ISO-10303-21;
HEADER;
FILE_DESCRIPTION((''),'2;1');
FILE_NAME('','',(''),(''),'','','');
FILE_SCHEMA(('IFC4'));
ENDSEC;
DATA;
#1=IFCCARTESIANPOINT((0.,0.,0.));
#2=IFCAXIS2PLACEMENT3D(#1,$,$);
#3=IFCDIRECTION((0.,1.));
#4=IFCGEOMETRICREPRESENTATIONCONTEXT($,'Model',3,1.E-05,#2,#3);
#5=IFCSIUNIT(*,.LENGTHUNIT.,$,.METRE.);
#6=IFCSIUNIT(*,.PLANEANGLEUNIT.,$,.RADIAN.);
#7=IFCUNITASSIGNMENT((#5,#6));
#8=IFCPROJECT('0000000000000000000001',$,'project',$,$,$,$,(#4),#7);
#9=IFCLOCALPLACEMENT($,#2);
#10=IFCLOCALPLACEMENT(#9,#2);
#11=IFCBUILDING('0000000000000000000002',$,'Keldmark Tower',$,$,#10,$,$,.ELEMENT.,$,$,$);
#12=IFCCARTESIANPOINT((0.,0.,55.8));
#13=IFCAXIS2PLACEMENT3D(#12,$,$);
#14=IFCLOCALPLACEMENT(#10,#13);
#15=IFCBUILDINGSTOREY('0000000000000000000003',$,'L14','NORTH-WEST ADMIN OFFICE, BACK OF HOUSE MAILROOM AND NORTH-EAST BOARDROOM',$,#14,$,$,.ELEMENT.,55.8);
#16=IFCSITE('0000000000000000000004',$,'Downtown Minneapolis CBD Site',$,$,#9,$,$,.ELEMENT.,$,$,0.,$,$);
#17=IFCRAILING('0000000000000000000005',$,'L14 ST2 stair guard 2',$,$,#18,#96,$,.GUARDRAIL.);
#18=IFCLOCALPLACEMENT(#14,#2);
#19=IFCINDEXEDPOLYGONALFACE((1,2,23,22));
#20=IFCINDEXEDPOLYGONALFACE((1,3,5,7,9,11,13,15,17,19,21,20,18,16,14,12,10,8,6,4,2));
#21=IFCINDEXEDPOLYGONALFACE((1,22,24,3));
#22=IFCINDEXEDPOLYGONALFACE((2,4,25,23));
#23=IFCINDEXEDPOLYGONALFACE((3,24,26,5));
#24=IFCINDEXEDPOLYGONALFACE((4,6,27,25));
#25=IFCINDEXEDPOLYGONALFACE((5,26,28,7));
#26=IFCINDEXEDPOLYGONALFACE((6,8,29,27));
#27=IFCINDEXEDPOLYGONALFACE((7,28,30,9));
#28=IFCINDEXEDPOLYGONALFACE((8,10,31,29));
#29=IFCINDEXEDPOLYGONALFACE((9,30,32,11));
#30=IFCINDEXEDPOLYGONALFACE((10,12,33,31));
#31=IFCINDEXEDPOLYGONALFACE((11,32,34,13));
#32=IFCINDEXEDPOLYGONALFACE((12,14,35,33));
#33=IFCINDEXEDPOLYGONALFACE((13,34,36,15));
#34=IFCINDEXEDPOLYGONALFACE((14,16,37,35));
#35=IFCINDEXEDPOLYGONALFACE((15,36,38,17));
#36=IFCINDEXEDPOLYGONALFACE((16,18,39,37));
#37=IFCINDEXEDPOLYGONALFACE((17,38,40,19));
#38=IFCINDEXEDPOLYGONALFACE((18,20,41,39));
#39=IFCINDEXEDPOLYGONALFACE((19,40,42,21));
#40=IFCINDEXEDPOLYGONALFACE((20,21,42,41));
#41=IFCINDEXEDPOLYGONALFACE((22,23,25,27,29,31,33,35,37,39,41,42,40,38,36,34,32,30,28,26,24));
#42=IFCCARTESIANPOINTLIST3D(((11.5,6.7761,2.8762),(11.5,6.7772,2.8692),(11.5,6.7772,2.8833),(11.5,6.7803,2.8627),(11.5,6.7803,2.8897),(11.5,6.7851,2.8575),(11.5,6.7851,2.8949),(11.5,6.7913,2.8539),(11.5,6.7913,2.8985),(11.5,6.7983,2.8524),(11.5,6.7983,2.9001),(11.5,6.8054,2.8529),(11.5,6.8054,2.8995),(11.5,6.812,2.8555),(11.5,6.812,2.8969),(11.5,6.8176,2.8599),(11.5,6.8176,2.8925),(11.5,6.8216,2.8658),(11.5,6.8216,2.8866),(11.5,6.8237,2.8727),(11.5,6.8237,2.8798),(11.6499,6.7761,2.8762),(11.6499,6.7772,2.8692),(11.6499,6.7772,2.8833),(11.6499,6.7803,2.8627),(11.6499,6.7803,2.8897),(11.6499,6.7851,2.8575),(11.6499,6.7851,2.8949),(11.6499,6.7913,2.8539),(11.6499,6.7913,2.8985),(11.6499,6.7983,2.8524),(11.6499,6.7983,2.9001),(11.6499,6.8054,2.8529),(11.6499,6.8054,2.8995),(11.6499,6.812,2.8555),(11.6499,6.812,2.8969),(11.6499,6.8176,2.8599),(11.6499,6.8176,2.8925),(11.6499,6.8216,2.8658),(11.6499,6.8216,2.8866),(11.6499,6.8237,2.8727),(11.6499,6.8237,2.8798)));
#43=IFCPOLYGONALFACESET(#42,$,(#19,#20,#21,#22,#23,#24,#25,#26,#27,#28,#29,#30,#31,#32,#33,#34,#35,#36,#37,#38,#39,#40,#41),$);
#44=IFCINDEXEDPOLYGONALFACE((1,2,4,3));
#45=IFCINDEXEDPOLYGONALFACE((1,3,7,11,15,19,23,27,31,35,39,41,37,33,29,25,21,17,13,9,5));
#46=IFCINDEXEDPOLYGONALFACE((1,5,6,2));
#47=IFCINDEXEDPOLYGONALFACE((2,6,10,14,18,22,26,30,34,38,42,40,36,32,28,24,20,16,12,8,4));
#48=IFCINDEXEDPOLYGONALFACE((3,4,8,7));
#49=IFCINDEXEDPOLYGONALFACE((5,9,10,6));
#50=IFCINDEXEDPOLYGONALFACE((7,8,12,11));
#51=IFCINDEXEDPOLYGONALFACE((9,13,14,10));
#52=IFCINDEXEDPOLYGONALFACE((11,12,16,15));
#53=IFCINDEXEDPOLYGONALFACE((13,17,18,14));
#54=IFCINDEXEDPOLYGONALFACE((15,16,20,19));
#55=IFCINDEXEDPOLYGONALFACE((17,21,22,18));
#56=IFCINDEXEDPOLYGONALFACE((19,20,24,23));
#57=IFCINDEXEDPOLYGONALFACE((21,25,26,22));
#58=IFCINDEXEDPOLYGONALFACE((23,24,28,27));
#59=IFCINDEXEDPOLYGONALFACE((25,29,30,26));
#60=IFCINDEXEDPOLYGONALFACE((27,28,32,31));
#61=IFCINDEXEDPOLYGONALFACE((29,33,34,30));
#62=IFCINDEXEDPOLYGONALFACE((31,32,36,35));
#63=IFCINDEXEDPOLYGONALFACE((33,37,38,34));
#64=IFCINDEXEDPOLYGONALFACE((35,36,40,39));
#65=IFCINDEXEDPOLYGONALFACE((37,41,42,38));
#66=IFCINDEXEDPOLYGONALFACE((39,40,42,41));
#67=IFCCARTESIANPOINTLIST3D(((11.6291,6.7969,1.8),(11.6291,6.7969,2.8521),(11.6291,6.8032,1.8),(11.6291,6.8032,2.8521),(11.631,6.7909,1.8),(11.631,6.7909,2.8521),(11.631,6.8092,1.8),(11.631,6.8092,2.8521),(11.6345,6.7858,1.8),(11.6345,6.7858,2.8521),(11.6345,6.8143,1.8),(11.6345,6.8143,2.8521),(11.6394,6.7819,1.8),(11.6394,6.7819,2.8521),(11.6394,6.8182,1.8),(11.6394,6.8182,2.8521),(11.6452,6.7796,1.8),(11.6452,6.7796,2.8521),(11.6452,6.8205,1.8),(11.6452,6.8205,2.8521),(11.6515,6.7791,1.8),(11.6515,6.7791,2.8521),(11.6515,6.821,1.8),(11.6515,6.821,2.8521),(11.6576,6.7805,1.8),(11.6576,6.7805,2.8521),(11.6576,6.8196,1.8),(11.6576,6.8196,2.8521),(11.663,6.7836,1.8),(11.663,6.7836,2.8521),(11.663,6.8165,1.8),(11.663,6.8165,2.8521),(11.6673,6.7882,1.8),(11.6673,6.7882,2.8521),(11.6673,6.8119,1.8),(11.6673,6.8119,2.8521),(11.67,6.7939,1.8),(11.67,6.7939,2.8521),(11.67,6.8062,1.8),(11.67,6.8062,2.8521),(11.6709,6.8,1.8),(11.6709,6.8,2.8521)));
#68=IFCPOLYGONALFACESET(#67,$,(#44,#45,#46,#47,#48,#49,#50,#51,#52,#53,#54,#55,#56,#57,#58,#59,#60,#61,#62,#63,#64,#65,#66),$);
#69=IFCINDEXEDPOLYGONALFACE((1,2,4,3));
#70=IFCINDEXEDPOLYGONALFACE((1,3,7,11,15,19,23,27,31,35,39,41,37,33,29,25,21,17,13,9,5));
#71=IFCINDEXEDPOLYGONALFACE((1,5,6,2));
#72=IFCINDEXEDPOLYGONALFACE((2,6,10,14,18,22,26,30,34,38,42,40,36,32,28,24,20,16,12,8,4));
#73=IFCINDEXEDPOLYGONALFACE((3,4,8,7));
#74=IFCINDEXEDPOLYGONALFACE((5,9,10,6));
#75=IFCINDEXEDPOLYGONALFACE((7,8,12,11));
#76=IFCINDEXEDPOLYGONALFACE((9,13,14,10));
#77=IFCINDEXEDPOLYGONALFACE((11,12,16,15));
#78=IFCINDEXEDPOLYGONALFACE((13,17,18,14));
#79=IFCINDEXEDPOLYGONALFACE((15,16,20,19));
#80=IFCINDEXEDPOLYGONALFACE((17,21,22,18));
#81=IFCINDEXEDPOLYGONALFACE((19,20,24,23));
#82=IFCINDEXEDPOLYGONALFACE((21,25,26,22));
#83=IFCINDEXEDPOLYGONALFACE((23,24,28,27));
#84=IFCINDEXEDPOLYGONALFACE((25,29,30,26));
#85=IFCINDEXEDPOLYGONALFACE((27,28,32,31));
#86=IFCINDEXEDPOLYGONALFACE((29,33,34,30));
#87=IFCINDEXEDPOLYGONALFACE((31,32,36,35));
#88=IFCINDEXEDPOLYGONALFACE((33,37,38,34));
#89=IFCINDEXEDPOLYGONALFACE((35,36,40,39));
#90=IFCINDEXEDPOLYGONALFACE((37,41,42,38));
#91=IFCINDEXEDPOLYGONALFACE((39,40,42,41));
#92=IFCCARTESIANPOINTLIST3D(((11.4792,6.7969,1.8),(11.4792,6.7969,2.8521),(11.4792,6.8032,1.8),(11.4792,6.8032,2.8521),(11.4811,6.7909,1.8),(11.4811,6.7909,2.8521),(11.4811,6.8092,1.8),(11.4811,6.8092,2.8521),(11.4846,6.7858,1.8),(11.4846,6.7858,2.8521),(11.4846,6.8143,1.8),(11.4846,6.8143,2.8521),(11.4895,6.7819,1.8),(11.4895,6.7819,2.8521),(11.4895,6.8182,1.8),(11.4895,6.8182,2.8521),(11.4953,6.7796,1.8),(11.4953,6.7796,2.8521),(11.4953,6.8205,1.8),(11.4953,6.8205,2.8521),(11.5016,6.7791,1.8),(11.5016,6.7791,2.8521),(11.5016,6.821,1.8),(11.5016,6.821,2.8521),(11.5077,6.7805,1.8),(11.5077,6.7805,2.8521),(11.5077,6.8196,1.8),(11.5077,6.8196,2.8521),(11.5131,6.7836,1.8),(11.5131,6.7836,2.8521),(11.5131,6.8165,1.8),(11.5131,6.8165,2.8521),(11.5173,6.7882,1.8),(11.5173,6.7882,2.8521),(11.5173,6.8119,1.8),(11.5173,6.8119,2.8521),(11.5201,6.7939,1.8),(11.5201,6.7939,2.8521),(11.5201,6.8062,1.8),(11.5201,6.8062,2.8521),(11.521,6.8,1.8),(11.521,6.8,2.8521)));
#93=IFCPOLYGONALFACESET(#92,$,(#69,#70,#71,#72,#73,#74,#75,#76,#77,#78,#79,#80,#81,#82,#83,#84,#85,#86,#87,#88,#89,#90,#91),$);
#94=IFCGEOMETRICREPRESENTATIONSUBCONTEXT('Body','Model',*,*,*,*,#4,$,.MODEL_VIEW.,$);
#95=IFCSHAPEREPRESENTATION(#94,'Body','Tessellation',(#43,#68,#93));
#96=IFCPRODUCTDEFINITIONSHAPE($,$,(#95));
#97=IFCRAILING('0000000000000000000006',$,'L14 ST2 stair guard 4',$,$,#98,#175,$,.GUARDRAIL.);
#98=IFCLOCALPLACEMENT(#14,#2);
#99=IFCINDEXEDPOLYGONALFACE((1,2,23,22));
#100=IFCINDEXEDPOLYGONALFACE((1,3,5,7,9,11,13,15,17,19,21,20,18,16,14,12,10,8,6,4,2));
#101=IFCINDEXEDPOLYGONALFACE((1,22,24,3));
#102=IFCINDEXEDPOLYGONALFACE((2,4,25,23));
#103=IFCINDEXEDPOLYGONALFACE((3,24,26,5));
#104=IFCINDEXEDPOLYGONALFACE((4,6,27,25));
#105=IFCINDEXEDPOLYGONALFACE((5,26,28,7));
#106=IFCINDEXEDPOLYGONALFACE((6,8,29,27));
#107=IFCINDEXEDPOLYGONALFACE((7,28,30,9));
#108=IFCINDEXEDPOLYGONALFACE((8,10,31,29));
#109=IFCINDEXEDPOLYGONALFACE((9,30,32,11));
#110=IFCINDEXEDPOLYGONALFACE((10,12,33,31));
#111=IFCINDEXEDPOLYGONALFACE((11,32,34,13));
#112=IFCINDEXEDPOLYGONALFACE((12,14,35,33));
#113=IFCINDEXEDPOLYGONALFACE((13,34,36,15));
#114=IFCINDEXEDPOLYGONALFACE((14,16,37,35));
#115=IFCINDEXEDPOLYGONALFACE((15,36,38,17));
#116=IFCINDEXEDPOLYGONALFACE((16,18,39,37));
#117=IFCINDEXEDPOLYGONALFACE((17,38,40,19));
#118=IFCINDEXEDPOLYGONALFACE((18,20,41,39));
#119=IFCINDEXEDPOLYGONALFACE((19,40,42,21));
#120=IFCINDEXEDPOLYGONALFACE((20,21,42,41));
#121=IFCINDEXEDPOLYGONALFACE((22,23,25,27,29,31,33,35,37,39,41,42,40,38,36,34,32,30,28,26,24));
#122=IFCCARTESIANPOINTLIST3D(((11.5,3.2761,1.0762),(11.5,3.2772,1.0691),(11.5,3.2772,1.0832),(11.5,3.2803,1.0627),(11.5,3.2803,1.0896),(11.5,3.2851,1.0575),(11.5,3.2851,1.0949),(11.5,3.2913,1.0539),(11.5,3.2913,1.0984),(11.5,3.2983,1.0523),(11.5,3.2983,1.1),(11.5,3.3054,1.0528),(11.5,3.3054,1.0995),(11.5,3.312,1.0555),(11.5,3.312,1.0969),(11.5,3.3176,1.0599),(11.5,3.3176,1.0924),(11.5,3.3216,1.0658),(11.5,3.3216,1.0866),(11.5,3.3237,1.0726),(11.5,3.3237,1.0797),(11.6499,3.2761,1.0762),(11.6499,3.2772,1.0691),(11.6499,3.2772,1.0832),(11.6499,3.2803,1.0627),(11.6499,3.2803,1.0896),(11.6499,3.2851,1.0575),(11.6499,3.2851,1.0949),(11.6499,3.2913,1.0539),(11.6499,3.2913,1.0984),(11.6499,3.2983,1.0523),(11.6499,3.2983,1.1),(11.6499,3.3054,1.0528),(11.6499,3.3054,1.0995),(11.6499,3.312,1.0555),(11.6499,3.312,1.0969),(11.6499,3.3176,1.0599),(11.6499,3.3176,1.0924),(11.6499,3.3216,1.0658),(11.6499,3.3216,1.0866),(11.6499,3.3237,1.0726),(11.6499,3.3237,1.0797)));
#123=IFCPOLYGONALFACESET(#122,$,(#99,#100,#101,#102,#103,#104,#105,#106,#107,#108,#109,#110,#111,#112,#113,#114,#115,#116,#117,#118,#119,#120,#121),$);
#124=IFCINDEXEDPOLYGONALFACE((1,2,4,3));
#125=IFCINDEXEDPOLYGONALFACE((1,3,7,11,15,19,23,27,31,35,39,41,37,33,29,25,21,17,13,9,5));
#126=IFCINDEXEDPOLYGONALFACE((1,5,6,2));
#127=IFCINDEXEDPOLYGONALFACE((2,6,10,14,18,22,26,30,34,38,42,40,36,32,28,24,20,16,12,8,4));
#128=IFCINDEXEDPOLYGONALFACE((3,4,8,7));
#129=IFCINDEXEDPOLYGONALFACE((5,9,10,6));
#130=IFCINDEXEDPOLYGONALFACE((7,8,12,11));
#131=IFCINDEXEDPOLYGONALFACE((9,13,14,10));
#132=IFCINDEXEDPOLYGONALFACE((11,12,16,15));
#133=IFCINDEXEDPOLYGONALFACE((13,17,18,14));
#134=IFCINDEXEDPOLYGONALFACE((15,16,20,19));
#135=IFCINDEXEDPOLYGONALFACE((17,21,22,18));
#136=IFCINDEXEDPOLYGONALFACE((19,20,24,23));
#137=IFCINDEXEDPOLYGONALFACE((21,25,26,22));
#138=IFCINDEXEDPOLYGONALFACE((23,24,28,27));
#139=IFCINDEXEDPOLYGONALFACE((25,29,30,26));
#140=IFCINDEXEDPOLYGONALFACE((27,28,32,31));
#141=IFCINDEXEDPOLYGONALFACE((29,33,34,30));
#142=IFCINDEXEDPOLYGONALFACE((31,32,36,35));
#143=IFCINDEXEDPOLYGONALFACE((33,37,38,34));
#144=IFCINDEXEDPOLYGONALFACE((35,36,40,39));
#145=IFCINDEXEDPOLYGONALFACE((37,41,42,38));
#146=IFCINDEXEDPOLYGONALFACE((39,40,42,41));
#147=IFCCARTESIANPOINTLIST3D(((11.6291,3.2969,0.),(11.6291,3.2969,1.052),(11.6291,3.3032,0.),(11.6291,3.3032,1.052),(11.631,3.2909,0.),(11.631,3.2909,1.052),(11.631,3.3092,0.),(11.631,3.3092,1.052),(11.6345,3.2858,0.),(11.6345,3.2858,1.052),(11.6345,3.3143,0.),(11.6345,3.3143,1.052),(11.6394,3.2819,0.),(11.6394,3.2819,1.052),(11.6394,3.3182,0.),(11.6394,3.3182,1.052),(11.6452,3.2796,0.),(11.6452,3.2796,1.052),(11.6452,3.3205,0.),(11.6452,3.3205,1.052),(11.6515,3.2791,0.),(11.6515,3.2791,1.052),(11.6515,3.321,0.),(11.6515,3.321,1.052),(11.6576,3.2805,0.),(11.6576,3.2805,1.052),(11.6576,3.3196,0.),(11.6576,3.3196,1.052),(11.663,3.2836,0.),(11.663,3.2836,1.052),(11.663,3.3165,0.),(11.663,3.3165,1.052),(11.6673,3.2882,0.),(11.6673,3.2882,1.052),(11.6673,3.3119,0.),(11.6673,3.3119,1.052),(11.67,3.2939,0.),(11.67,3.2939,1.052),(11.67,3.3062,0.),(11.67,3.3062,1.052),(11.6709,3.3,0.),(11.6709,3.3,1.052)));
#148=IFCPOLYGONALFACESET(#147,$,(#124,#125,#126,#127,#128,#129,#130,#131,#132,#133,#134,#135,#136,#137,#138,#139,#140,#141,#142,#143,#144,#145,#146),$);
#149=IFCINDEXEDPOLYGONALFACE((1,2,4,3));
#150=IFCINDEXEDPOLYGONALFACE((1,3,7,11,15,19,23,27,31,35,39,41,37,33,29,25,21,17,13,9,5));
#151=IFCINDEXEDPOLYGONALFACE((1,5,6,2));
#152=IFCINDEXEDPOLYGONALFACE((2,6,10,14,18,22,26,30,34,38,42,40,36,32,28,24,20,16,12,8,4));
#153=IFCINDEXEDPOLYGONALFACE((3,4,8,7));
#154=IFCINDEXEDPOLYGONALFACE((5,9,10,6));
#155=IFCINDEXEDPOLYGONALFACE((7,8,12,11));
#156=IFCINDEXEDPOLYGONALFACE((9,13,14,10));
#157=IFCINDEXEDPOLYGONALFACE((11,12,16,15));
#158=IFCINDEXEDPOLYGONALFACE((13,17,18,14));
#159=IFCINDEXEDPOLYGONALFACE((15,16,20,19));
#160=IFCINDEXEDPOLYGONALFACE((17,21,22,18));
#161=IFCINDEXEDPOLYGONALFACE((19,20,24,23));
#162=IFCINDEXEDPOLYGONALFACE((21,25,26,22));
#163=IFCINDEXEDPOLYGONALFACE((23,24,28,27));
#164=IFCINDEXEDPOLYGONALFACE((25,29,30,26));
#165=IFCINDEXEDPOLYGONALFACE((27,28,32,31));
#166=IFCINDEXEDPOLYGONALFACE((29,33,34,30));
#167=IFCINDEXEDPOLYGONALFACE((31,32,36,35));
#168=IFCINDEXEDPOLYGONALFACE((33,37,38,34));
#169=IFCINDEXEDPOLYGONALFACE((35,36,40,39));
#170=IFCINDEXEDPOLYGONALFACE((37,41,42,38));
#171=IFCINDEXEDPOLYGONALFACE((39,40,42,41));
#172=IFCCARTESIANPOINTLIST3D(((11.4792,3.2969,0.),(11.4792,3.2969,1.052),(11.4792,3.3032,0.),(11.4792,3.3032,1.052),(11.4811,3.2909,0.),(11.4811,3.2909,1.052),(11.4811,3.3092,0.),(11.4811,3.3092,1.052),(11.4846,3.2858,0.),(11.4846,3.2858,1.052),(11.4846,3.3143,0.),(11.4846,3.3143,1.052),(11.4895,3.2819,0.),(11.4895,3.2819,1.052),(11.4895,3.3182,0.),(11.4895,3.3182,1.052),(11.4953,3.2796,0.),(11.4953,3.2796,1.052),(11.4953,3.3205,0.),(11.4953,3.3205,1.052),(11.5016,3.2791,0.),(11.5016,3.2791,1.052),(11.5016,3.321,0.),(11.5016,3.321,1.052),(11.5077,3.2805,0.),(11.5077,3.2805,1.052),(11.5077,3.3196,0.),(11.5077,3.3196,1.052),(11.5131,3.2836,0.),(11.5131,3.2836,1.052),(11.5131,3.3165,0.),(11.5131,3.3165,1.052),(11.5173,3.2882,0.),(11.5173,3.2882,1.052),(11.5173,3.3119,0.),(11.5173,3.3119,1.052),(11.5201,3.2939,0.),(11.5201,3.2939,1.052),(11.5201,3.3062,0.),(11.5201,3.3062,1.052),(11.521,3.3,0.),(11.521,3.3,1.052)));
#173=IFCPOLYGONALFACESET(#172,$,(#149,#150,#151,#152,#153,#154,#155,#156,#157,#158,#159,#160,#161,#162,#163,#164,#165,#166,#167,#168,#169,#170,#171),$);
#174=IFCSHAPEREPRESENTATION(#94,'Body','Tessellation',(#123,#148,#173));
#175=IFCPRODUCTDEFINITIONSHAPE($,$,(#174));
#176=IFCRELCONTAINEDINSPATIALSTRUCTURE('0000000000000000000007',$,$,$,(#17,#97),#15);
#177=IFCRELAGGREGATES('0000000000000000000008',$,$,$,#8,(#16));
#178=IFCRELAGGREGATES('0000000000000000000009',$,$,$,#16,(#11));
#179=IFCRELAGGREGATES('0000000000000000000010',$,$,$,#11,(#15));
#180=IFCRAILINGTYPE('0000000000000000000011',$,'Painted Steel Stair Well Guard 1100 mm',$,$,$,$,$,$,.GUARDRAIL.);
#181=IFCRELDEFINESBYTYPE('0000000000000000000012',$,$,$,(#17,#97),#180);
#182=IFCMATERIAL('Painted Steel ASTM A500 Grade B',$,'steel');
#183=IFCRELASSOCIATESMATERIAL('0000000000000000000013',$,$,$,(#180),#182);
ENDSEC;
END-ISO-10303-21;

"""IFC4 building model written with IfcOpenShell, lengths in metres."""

from ifc_helpers import new_model, si_unit, direction, frame, origin, origin_2d, place, context, subcontext, project, spatial, circle, extrude, material, type_object, element, save


model = new_model("IFC4")

# Units and contexts
model_context = context("Model", 3, precision=1e-05, world=origin(), true_north=direction((0.0, 1.0)))
body_context = subcontext(model_context, "Body", "Model", "MODEL_VIEW")
ifc_project = project(units=[si_unit("LENGTHUNIT", "METRE"), si_unit("PLANEANGLEUNIT", "RADIAN")], contexts=[model_context])

# Site, building, storey
site_placement = place(None, origin())
site = spatial("IfcSite", under=ifc_project, at=site_placement, Name="Downtown Minneapolis CBD Site", CompositionType="ELEMENT", RefElevation=0.0)
building_placement = place(site_placement, origin())
building = spatial("IfcBuilding", under=site, at=building_placement, Name="Keldmark Tower", CompositionType="ELEMENT")
storey_placement = place(building_placement, frame((0.0, 0.0, 55.8)))
storey = spatial("IfcBuildingStorey", under=building, at=storey_placement, Name="L14", Description="NORTH-WEST ADMIN OFFICE, BACK OF HOUSE MAILROOM AND NORTH-EAST BOARDROOM", CompositionType="ELEMENT", Elevation=55.8)

# Railings
ifc_material_1 = material(Name="Painted Steel ASTM A500 Grade B", Category="steel")
railing_type_1 = type_object("IfcRailingType", Name="Painted Steel Stair Well Guard 1100 mm", PredefinedType="GUARDRAIL", material=ifc_material_1)
for number, where, name in (
    (1, (11.6499, 6.8, 1.8), "L14 ST2 stair guard 2"),
    (2, (11.6499, 3.3, 0.0), "L14 ST2 stair guard 4"),
):
    element("IfcRailing", number, at=place(storey_placement, frame(where)), inside=storey, type_object=railing_type_1, Name=name, PredefinedType="GUARDRAIL", context=body_context, shape_type="SweptSolid", body=[
        extrude(circle(Radius=0.0239, at=origin_2d()), frame((0.0, 0.0, 1.0762), z_axis=(-1.0, 0.0, 0.0), x_axis=(0.0, -1.0, 0.0)), (0.0, 0.0, 1.0), 0.1499),
        extrude(circle(Radius=0.021, at=origin_2d()), origin(), (0.0, 0.0, 1.0), 1.052),
        extrude(circle(Radius=0.021, at=origin_2d()), frame((-0.1499, 0.0, 0.0)), (0.0, 0.0, 1.0), 1.052),
    ])

save(model, "model.ifc")
